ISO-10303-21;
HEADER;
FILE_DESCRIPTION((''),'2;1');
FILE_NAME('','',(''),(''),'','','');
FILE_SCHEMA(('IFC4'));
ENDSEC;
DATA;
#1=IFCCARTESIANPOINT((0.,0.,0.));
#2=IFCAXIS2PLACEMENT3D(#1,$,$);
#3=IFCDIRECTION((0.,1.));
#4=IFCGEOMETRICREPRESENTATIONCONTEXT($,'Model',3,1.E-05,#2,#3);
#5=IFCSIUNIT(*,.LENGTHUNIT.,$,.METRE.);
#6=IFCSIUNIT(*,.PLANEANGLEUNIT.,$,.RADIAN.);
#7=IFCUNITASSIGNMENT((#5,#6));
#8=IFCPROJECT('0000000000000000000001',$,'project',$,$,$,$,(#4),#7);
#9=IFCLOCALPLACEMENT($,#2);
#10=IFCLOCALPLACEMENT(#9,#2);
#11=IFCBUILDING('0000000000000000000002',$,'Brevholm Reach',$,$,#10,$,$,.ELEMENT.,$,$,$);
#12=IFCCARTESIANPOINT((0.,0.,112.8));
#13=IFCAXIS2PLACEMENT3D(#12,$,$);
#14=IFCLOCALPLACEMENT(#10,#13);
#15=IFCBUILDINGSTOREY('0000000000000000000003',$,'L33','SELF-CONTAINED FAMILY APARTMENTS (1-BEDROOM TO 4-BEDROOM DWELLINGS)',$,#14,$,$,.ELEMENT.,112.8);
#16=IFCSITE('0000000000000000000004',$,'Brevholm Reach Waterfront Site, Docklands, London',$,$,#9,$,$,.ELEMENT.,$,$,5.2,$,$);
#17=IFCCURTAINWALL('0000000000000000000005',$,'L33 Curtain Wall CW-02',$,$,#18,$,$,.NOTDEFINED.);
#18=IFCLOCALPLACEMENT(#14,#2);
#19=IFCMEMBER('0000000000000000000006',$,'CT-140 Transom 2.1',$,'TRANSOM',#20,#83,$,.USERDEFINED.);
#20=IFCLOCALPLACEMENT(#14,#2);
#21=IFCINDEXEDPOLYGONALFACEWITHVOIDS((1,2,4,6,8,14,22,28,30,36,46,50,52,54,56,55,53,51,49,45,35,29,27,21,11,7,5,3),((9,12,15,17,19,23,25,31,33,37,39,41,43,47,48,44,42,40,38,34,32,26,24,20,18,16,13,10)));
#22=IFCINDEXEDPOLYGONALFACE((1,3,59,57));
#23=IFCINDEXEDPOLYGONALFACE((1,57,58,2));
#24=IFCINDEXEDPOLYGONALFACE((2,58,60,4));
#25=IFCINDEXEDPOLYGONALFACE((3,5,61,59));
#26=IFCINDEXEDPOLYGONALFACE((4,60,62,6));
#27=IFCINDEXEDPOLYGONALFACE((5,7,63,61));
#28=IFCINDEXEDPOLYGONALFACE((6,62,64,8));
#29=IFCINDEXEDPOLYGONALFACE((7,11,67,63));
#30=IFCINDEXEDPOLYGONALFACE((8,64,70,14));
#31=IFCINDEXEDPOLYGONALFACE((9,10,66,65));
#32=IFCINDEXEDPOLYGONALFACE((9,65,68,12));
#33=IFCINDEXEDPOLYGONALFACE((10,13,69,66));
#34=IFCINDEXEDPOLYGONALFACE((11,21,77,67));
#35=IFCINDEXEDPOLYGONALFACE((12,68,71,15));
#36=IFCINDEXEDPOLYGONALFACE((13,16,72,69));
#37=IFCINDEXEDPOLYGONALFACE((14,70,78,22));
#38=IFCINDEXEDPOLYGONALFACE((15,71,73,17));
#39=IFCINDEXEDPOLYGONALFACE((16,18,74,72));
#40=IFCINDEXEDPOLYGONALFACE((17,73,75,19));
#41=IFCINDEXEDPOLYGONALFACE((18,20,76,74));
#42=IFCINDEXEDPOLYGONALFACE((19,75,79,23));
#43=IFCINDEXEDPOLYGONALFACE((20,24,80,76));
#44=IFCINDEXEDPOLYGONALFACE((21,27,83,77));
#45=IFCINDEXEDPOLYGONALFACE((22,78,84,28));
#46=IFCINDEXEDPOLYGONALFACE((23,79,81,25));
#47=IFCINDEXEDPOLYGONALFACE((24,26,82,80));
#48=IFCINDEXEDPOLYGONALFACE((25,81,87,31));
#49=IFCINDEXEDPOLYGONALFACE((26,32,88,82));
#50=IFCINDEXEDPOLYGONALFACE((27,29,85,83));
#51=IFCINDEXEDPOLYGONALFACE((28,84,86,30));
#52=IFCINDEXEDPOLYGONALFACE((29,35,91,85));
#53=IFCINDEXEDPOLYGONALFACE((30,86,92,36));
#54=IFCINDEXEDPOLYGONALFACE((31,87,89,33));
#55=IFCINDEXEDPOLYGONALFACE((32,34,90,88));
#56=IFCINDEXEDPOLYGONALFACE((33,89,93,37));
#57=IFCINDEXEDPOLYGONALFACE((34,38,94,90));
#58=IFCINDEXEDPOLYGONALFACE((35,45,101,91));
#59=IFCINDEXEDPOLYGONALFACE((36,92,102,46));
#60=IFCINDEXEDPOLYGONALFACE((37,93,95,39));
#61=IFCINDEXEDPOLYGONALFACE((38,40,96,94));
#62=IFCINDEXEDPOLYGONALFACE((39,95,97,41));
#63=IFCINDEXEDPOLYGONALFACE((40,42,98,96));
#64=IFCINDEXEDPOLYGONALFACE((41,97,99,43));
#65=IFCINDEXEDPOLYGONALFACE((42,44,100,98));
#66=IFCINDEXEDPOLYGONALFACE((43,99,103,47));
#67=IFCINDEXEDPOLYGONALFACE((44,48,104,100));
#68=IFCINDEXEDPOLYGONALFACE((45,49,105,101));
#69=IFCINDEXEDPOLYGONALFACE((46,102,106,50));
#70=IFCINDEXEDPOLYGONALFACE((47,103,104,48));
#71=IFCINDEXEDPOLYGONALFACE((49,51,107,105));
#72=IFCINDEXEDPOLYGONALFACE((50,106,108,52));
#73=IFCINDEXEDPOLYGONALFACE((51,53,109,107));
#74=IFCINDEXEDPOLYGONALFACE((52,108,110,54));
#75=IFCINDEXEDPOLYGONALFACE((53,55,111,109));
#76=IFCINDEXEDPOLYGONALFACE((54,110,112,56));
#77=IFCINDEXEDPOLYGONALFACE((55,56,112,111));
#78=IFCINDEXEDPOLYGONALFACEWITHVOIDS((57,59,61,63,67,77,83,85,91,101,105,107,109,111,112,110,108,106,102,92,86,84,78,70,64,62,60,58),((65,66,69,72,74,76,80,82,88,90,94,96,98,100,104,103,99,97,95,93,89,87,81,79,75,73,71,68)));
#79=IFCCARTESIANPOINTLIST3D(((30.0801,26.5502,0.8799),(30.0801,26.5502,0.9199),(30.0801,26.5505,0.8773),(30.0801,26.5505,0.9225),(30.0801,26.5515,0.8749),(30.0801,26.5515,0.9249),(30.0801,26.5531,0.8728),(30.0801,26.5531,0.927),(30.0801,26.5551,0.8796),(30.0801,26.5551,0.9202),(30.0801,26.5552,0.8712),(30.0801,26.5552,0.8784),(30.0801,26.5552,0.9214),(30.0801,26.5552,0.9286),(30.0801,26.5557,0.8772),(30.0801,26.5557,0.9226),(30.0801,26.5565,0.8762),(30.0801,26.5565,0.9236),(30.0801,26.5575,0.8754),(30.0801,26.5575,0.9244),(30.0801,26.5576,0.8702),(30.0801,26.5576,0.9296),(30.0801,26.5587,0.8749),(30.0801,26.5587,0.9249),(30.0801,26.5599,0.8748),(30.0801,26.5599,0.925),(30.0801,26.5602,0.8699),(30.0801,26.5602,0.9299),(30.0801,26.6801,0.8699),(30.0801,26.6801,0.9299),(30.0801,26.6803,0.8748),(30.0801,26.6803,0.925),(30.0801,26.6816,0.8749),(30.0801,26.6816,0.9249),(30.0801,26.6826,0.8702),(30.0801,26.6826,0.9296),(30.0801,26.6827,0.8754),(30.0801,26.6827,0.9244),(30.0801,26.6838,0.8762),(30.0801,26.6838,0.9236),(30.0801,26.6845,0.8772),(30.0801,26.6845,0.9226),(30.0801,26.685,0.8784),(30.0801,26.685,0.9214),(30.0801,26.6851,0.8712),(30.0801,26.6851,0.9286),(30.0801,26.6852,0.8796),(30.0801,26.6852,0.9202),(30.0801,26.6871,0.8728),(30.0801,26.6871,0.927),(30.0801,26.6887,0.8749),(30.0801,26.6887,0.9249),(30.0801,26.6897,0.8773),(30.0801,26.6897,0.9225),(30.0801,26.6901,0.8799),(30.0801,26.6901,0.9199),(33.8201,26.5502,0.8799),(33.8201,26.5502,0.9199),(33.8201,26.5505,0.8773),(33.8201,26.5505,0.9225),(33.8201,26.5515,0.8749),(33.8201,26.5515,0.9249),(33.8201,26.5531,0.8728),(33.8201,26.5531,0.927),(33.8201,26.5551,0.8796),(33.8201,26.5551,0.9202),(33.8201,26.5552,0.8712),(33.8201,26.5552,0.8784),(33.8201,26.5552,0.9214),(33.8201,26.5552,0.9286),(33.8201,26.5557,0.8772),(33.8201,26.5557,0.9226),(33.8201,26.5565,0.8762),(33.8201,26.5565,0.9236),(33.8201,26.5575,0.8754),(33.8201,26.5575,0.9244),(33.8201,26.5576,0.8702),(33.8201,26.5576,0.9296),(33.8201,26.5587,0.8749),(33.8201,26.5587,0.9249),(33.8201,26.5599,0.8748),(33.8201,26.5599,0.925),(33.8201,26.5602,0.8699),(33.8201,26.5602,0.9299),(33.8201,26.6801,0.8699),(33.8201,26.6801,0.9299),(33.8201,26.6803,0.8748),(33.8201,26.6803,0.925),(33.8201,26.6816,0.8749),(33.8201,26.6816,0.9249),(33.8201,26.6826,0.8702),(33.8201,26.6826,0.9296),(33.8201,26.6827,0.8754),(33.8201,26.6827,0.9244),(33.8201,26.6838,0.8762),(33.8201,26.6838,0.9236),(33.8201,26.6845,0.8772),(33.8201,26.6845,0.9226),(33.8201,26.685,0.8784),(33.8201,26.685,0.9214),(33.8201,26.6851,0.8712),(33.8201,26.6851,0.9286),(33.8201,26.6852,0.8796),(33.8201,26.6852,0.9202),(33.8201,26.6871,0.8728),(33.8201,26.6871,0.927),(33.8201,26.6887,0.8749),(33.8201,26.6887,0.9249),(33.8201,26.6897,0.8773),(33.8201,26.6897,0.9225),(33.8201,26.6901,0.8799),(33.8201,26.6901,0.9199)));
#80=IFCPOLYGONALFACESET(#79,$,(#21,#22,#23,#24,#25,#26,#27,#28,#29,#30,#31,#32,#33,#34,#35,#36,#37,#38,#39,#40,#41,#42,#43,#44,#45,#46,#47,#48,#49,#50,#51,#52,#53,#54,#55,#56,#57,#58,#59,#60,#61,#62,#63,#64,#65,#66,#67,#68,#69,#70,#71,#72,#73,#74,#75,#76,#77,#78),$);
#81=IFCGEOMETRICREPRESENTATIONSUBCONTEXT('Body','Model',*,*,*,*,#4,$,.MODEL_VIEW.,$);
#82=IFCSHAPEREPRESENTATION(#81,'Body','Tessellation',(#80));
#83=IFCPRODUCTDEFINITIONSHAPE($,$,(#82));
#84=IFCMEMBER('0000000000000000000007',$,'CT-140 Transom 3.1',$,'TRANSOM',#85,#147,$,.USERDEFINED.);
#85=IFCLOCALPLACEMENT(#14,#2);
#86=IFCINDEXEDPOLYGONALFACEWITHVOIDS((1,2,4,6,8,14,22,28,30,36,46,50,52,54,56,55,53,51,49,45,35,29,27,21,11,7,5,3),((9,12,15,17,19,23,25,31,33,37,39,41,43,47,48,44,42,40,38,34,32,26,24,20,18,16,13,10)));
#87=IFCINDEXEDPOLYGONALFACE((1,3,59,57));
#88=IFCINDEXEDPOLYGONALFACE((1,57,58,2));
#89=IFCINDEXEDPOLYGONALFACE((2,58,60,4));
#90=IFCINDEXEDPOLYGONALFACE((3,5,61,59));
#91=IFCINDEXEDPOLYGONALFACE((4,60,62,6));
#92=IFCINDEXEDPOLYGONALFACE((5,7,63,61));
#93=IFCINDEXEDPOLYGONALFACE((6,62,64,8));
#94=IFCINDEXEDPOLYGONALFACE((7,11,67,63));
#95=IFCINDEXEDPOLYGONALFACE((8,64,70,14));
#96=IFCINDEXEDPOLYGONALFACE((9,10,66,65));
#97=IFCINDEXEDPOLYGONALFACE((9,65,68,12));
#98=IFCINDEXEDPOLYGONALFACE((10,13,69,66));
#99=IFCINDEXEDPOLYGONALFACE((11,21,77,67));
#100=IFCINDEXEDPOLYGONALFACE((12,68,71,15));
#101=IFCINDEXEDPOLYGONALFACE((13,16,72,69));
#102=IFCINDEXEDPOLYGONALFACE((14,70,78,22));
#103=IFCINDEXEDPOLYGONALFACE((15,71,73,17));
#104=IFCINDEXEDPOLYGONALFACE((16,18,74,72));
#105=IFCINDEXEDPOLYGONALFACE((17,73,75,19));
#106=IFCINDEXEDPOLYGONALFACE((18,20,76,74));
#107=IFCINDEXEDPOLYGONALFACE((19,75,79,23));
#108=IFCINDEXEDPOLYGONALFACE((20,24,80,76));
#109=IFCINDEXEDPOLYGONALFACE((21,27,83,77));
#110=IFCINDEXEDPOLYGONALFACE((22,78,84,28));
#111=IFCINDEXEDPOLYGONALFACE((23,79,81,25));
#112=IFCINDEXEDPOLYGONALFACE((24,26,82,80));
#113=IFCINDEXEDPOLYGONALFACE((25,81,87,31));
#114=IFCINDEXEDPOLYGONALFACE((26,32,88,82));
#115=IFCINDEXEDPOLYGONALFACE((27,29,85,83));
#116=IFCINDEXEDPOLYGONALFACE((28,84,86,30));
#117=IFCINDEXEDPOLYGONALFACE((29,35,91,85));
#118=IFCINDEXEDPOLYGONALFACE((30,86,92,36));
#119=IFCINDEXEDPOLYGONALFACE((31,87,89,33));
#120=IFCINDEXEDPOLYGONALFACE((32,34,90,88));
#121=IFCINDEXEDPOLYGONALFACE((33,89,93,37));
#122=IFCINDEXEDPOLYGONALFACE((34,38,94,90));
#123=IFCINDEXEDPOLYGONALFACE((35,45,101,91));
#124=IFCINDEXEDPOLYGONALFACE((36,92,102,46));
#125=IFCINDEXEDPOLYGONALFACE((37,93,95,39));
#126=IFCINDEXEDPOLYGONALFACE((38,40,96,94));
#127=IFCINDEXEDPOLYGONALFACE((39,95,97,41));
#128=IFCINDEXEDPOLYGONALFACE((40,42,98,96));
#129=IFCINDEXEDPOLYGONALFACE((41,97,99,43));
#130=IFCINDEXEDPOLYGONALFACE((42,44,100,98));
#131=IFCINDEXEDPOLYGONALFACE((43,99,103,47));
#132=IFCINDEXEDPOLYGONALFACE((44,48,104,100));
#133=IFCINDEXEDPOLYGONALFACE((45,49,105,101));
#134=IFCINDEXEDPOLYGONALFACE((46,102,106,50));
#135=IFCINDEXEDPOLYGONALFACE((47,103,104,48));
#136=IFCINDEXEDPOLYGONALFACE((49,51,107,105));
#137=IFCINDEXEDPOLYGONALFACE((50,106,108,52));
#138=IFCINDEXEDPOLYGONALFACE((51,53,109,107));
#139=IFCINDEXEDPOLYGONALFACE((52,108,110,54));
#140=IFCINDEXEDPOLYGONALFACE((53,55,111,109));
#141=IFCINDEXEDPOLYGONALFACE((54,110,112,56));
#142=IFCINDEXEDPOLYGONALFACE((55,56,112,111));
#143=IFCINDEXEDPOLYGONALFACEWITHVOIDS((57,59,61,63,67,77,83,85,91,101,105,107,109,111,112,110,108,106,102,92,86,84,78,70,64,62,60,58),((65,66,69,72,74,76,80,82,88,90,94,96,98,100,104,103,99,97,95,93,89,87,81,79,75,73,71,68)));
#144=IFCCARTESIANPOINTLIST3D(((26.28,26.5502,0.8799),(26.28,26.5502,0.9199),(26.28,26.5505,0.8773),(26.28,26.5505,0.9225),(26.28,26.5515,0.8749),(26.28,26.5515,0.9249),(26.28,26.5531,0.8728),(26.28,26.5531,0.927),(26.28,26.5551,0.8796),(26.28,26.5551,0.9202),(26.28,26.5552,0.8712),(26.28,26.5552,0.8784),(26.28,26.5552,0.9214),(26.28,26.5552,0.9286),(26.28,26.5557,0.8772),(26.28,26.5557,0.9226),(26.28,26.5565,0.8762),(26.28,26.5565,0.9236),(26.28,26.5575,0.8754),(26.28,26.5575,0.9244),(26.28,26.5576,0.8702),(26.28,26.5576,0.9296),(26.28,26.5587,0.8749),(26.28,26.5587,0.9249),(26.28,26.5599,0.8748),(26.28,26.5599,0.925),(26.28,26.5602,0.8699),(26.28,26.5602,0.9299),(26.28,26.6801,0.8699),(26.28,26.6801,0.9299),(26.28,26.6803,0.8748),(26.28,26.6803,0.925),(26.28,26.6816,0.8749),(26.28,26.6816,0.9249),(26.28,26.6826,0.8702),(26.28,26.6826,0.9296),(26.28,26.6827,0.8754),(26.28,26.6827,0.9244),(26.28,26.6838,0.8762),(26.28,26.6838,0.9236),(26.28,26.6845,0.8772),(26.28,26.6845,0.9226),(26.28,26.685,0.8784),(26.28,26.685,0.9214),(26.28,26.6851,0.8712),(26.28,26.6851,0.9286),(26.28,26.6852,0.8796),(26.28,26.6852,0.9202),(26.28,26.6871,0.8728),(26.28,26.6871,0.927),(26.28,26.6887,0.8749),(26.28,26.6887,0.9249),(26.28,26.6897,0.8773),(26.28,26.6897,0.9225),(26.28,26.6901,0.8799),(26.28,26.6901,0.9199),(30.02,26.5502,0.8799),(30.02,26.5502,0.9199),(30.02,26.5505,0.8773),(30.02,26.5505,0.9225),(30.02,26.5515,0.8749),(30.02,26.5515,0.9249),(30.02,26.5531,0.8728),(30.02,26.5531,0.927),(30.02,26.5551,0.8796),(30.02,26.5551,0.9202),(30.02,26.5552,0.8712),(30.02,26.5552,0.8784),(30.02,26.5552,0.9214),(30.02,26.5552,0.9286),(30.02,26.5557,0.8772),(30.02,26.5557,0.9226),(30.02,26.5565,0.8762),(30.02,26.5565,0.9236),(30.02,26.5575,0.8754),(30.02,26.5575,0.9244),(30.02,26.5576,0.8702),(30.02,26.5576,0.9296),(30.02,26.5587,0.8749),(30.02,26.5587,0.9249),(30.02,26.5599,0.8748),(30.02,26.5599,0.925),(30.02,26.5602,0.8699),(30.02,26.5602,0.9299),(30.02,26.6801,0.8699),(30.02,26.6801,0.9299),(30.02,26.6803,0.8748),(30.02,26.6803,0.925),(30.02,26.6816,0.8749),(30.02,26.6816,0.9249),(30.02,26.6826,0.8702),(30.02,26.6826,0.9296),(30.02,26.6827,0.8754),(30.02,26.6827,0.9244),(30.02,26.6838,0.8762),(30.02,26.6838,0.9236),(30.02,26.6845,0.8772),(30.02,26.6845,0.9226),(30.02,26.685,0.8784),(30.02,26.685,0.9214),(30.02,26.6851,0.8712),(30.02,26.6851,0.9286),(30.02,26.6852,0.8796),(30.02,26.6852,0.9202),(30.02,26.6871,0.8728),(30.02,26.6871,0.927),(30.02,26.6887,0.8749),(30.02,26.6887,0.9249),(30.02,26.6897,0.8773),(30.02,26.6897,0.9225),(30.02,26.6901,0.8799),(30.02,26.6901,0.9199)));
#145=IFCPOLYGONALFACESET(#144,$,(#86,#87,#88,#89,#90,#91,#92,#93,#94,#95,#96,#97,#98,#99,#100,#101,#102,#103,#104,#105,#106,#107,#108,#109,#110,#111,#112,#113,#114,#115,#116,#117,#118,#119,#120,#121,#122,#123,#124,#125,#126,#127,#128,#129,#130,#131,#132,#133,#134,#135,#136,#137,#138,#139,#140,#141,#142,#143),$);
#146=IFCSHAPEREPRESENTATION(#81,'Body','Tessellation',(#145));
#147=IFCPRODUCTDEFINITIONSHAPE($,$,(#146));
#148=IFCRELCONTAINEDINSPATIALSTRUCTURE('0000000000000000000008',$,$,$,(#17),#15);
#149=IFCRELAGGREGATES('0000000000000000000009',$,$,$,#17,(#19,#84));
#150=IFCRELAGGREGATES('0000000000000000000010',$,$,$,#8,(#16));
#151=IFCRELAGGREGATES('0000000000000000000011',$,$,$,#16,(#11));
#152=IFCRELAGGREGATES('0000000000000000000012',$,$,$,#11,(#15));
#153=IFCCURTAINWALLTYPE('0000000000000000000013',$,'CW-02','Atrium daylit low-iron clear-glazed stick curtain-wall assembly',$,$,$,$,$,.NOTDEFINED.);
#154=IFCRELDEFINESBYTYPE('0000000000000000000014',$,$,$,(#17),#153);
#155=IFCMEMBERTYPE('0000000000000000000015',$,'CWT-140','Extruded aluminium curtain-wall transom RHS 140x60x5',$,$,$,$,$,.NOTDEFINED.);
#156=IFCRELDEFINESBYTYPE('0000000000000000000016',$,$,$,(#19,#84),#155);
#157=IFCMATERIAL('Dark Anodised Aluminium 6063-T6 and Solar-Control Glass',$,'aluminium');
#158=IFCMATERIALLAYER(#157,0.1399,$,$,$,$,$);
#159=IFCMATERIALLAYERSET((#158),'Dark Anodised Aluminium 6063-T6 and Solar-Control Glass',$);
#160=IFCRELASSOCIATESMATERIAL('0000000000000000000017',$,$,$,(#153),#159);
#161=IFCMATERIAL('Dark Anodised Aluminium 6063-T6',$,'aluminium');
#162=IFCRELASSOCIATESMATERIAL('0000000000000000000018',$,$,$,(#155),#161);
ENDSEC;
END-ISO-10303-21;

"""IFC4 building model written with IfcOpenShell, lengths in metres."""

from ifc_helpers import new_model, si_unit, direction, frame, origin, origin_2d, place, context, subcontext, project, spatial, hollow_rectangle, extrude, material, layer, layer_set, material_profile, profile_set, type_object, element, aggregate, save


model = new_model("IFC4")

# Units and contexts
model_context = context("Model", 3, precision=1e-05, world=origin(), true_north=direction((0.0, 1.0)))
body_context = subcontext(model_context, "Body", "Model", "MODEL_VIEW")
ifc_project = project(units=[si_unit("LENGTHUNIT", "METRE"), si_unit("PLANEANGLEUNIT", "RADIAN")], contexts=[model_context])

# Site, building, storey
site_placement = place(None, origin())
site = spatial("IfcSite", under=ifc_project, at=site_placement, Name="Brevholm Reach Waterfront Site, Docklands, London", CompositionType="ELEMENT", RefElevation=5.2)
building_placement = place(site_placement, origin())
building = spatial("IfcBuilding", under=site, at=building_placement, Name="Brevholm Reach", CompositionType="ELEMENT")
storey_placement = place(building_placement, frame((0.0, 0.0, 112.8)))
storey = spatial("IfcBuildingStorey", under=building, at=storey_placement, Name="L33", Description="SELF-CONTAINED FAMILY APARTMENTS (1-BEDROOM TO 4-BEDROOM DWELLINGS)", CompositionType="ELEMENT", Elevation=112.8)

# Curtain wall
ifc_material_1 = material(Name="Dark Anodised Aluminium 6063-T6 and Solar-Control Glass", Category="aluminium")
ifc_layer_1 = layer(ifc_material_1, 0.1399)
ifc_layer_set_1 = layer_set([ifc_layer_1], Name="Dark Anodised Aluminium 6063-T6 and Solar-Control Glass")
curtain_wall_type_1 = type_object("IfcCurtainWallType", Name="CW-02", Description="Atrium daylit low-iron clear-glazed stick curtain-wall assembly", PredefinedType="NOTDEFINED", material=ifc_layer_set_1)
curtain_wall_1_placement = place(storey_placement, origin())
curtain_wall_1 = element("IfcCurtainWall", 1, at=curtain_wall_1_placement, inside=storey, type_object=curtain_wall_type_1, Name="L33 Curtain Wall CW-02", PredefinedType="NOTDEFINED")

# Members
ifc_material_2 = material(Name="Dark Anodised Aluminium 6063-T6", Category="aluminium")
ifc_material_profile_1 = material_profile(ifc_material_2, hollow_rectangle(XDim=0.0601, YDim=0.1399, WallThickness=0.0049, InnerFilletRadius=0.0049, OuterFilletRadius=0.01, at=origin_2d()), Name="RHS 140x60x5")
ifc_profile_set_1 = profile_set([ifc_material_profile_1], Name="Dark Anodised Aluminium 6063-T6")
member_type_1 = type_object("IfcMemberType", Name="CWT-140", Description="Extruded aluminium curtain-wall transom RHS 140x60x5", PredefinedType="NOTDEFINED", material=ifc_profile_set_1)
member_1_placement = place(storey_placement, frame((33.8201, 26.6201, 0.8999), z_axis=(-1.0, 0.0, 0.0), x_axis=(0.0, 0.0, 1.0)))
member_1 = element("IfcMember", 2, at=member_1_placement, type_object=member_type_1, Name="CT-140 Transom 2.1", ObjectType="TRANSOM", PredefinedType="USERDEFINED", context=body_context, shape_type="SweptSolid", body=[
    extrude(hollow_rectangle(XDim=0.0601, YDim=0.1399, WallThickness=0.0049, InnerFilletRadius=0.0049, OuterFilletRadius=0.01, at=origin_2d()), origin(), (0.0, 0.0, 1.0), 3.74),
])
member_2_placement = place(storey_placement, frame((30.02, 26.6201, 0.8999), z_axis=(-1.0, 0.0, 0.0), x_axis=(0.0, 0.0, 1.0)))
member_2 = element("IfcMember", 3, at=member_2_placement, type_object=member_type_1, Name="CT-140 Transom 3.1", ObjectType="TRANSOM", PredefinedType="USERDEFINED", context=body_context, shape_type="SweptSolid", body=[
    extrude(hollow_rectangle(XDim=0.0601, YDim=0.1399, WallThickness=0.0049, InnerFilletRadius=0.0049, OuterFilletRadius=0.01, at=origin_2d()), origin(), (0.0, 0.0, 1.0), 3.74),
])

aggregate(curtain_wall_1, [member_1, member_2])

save(model, "model.ifc")
